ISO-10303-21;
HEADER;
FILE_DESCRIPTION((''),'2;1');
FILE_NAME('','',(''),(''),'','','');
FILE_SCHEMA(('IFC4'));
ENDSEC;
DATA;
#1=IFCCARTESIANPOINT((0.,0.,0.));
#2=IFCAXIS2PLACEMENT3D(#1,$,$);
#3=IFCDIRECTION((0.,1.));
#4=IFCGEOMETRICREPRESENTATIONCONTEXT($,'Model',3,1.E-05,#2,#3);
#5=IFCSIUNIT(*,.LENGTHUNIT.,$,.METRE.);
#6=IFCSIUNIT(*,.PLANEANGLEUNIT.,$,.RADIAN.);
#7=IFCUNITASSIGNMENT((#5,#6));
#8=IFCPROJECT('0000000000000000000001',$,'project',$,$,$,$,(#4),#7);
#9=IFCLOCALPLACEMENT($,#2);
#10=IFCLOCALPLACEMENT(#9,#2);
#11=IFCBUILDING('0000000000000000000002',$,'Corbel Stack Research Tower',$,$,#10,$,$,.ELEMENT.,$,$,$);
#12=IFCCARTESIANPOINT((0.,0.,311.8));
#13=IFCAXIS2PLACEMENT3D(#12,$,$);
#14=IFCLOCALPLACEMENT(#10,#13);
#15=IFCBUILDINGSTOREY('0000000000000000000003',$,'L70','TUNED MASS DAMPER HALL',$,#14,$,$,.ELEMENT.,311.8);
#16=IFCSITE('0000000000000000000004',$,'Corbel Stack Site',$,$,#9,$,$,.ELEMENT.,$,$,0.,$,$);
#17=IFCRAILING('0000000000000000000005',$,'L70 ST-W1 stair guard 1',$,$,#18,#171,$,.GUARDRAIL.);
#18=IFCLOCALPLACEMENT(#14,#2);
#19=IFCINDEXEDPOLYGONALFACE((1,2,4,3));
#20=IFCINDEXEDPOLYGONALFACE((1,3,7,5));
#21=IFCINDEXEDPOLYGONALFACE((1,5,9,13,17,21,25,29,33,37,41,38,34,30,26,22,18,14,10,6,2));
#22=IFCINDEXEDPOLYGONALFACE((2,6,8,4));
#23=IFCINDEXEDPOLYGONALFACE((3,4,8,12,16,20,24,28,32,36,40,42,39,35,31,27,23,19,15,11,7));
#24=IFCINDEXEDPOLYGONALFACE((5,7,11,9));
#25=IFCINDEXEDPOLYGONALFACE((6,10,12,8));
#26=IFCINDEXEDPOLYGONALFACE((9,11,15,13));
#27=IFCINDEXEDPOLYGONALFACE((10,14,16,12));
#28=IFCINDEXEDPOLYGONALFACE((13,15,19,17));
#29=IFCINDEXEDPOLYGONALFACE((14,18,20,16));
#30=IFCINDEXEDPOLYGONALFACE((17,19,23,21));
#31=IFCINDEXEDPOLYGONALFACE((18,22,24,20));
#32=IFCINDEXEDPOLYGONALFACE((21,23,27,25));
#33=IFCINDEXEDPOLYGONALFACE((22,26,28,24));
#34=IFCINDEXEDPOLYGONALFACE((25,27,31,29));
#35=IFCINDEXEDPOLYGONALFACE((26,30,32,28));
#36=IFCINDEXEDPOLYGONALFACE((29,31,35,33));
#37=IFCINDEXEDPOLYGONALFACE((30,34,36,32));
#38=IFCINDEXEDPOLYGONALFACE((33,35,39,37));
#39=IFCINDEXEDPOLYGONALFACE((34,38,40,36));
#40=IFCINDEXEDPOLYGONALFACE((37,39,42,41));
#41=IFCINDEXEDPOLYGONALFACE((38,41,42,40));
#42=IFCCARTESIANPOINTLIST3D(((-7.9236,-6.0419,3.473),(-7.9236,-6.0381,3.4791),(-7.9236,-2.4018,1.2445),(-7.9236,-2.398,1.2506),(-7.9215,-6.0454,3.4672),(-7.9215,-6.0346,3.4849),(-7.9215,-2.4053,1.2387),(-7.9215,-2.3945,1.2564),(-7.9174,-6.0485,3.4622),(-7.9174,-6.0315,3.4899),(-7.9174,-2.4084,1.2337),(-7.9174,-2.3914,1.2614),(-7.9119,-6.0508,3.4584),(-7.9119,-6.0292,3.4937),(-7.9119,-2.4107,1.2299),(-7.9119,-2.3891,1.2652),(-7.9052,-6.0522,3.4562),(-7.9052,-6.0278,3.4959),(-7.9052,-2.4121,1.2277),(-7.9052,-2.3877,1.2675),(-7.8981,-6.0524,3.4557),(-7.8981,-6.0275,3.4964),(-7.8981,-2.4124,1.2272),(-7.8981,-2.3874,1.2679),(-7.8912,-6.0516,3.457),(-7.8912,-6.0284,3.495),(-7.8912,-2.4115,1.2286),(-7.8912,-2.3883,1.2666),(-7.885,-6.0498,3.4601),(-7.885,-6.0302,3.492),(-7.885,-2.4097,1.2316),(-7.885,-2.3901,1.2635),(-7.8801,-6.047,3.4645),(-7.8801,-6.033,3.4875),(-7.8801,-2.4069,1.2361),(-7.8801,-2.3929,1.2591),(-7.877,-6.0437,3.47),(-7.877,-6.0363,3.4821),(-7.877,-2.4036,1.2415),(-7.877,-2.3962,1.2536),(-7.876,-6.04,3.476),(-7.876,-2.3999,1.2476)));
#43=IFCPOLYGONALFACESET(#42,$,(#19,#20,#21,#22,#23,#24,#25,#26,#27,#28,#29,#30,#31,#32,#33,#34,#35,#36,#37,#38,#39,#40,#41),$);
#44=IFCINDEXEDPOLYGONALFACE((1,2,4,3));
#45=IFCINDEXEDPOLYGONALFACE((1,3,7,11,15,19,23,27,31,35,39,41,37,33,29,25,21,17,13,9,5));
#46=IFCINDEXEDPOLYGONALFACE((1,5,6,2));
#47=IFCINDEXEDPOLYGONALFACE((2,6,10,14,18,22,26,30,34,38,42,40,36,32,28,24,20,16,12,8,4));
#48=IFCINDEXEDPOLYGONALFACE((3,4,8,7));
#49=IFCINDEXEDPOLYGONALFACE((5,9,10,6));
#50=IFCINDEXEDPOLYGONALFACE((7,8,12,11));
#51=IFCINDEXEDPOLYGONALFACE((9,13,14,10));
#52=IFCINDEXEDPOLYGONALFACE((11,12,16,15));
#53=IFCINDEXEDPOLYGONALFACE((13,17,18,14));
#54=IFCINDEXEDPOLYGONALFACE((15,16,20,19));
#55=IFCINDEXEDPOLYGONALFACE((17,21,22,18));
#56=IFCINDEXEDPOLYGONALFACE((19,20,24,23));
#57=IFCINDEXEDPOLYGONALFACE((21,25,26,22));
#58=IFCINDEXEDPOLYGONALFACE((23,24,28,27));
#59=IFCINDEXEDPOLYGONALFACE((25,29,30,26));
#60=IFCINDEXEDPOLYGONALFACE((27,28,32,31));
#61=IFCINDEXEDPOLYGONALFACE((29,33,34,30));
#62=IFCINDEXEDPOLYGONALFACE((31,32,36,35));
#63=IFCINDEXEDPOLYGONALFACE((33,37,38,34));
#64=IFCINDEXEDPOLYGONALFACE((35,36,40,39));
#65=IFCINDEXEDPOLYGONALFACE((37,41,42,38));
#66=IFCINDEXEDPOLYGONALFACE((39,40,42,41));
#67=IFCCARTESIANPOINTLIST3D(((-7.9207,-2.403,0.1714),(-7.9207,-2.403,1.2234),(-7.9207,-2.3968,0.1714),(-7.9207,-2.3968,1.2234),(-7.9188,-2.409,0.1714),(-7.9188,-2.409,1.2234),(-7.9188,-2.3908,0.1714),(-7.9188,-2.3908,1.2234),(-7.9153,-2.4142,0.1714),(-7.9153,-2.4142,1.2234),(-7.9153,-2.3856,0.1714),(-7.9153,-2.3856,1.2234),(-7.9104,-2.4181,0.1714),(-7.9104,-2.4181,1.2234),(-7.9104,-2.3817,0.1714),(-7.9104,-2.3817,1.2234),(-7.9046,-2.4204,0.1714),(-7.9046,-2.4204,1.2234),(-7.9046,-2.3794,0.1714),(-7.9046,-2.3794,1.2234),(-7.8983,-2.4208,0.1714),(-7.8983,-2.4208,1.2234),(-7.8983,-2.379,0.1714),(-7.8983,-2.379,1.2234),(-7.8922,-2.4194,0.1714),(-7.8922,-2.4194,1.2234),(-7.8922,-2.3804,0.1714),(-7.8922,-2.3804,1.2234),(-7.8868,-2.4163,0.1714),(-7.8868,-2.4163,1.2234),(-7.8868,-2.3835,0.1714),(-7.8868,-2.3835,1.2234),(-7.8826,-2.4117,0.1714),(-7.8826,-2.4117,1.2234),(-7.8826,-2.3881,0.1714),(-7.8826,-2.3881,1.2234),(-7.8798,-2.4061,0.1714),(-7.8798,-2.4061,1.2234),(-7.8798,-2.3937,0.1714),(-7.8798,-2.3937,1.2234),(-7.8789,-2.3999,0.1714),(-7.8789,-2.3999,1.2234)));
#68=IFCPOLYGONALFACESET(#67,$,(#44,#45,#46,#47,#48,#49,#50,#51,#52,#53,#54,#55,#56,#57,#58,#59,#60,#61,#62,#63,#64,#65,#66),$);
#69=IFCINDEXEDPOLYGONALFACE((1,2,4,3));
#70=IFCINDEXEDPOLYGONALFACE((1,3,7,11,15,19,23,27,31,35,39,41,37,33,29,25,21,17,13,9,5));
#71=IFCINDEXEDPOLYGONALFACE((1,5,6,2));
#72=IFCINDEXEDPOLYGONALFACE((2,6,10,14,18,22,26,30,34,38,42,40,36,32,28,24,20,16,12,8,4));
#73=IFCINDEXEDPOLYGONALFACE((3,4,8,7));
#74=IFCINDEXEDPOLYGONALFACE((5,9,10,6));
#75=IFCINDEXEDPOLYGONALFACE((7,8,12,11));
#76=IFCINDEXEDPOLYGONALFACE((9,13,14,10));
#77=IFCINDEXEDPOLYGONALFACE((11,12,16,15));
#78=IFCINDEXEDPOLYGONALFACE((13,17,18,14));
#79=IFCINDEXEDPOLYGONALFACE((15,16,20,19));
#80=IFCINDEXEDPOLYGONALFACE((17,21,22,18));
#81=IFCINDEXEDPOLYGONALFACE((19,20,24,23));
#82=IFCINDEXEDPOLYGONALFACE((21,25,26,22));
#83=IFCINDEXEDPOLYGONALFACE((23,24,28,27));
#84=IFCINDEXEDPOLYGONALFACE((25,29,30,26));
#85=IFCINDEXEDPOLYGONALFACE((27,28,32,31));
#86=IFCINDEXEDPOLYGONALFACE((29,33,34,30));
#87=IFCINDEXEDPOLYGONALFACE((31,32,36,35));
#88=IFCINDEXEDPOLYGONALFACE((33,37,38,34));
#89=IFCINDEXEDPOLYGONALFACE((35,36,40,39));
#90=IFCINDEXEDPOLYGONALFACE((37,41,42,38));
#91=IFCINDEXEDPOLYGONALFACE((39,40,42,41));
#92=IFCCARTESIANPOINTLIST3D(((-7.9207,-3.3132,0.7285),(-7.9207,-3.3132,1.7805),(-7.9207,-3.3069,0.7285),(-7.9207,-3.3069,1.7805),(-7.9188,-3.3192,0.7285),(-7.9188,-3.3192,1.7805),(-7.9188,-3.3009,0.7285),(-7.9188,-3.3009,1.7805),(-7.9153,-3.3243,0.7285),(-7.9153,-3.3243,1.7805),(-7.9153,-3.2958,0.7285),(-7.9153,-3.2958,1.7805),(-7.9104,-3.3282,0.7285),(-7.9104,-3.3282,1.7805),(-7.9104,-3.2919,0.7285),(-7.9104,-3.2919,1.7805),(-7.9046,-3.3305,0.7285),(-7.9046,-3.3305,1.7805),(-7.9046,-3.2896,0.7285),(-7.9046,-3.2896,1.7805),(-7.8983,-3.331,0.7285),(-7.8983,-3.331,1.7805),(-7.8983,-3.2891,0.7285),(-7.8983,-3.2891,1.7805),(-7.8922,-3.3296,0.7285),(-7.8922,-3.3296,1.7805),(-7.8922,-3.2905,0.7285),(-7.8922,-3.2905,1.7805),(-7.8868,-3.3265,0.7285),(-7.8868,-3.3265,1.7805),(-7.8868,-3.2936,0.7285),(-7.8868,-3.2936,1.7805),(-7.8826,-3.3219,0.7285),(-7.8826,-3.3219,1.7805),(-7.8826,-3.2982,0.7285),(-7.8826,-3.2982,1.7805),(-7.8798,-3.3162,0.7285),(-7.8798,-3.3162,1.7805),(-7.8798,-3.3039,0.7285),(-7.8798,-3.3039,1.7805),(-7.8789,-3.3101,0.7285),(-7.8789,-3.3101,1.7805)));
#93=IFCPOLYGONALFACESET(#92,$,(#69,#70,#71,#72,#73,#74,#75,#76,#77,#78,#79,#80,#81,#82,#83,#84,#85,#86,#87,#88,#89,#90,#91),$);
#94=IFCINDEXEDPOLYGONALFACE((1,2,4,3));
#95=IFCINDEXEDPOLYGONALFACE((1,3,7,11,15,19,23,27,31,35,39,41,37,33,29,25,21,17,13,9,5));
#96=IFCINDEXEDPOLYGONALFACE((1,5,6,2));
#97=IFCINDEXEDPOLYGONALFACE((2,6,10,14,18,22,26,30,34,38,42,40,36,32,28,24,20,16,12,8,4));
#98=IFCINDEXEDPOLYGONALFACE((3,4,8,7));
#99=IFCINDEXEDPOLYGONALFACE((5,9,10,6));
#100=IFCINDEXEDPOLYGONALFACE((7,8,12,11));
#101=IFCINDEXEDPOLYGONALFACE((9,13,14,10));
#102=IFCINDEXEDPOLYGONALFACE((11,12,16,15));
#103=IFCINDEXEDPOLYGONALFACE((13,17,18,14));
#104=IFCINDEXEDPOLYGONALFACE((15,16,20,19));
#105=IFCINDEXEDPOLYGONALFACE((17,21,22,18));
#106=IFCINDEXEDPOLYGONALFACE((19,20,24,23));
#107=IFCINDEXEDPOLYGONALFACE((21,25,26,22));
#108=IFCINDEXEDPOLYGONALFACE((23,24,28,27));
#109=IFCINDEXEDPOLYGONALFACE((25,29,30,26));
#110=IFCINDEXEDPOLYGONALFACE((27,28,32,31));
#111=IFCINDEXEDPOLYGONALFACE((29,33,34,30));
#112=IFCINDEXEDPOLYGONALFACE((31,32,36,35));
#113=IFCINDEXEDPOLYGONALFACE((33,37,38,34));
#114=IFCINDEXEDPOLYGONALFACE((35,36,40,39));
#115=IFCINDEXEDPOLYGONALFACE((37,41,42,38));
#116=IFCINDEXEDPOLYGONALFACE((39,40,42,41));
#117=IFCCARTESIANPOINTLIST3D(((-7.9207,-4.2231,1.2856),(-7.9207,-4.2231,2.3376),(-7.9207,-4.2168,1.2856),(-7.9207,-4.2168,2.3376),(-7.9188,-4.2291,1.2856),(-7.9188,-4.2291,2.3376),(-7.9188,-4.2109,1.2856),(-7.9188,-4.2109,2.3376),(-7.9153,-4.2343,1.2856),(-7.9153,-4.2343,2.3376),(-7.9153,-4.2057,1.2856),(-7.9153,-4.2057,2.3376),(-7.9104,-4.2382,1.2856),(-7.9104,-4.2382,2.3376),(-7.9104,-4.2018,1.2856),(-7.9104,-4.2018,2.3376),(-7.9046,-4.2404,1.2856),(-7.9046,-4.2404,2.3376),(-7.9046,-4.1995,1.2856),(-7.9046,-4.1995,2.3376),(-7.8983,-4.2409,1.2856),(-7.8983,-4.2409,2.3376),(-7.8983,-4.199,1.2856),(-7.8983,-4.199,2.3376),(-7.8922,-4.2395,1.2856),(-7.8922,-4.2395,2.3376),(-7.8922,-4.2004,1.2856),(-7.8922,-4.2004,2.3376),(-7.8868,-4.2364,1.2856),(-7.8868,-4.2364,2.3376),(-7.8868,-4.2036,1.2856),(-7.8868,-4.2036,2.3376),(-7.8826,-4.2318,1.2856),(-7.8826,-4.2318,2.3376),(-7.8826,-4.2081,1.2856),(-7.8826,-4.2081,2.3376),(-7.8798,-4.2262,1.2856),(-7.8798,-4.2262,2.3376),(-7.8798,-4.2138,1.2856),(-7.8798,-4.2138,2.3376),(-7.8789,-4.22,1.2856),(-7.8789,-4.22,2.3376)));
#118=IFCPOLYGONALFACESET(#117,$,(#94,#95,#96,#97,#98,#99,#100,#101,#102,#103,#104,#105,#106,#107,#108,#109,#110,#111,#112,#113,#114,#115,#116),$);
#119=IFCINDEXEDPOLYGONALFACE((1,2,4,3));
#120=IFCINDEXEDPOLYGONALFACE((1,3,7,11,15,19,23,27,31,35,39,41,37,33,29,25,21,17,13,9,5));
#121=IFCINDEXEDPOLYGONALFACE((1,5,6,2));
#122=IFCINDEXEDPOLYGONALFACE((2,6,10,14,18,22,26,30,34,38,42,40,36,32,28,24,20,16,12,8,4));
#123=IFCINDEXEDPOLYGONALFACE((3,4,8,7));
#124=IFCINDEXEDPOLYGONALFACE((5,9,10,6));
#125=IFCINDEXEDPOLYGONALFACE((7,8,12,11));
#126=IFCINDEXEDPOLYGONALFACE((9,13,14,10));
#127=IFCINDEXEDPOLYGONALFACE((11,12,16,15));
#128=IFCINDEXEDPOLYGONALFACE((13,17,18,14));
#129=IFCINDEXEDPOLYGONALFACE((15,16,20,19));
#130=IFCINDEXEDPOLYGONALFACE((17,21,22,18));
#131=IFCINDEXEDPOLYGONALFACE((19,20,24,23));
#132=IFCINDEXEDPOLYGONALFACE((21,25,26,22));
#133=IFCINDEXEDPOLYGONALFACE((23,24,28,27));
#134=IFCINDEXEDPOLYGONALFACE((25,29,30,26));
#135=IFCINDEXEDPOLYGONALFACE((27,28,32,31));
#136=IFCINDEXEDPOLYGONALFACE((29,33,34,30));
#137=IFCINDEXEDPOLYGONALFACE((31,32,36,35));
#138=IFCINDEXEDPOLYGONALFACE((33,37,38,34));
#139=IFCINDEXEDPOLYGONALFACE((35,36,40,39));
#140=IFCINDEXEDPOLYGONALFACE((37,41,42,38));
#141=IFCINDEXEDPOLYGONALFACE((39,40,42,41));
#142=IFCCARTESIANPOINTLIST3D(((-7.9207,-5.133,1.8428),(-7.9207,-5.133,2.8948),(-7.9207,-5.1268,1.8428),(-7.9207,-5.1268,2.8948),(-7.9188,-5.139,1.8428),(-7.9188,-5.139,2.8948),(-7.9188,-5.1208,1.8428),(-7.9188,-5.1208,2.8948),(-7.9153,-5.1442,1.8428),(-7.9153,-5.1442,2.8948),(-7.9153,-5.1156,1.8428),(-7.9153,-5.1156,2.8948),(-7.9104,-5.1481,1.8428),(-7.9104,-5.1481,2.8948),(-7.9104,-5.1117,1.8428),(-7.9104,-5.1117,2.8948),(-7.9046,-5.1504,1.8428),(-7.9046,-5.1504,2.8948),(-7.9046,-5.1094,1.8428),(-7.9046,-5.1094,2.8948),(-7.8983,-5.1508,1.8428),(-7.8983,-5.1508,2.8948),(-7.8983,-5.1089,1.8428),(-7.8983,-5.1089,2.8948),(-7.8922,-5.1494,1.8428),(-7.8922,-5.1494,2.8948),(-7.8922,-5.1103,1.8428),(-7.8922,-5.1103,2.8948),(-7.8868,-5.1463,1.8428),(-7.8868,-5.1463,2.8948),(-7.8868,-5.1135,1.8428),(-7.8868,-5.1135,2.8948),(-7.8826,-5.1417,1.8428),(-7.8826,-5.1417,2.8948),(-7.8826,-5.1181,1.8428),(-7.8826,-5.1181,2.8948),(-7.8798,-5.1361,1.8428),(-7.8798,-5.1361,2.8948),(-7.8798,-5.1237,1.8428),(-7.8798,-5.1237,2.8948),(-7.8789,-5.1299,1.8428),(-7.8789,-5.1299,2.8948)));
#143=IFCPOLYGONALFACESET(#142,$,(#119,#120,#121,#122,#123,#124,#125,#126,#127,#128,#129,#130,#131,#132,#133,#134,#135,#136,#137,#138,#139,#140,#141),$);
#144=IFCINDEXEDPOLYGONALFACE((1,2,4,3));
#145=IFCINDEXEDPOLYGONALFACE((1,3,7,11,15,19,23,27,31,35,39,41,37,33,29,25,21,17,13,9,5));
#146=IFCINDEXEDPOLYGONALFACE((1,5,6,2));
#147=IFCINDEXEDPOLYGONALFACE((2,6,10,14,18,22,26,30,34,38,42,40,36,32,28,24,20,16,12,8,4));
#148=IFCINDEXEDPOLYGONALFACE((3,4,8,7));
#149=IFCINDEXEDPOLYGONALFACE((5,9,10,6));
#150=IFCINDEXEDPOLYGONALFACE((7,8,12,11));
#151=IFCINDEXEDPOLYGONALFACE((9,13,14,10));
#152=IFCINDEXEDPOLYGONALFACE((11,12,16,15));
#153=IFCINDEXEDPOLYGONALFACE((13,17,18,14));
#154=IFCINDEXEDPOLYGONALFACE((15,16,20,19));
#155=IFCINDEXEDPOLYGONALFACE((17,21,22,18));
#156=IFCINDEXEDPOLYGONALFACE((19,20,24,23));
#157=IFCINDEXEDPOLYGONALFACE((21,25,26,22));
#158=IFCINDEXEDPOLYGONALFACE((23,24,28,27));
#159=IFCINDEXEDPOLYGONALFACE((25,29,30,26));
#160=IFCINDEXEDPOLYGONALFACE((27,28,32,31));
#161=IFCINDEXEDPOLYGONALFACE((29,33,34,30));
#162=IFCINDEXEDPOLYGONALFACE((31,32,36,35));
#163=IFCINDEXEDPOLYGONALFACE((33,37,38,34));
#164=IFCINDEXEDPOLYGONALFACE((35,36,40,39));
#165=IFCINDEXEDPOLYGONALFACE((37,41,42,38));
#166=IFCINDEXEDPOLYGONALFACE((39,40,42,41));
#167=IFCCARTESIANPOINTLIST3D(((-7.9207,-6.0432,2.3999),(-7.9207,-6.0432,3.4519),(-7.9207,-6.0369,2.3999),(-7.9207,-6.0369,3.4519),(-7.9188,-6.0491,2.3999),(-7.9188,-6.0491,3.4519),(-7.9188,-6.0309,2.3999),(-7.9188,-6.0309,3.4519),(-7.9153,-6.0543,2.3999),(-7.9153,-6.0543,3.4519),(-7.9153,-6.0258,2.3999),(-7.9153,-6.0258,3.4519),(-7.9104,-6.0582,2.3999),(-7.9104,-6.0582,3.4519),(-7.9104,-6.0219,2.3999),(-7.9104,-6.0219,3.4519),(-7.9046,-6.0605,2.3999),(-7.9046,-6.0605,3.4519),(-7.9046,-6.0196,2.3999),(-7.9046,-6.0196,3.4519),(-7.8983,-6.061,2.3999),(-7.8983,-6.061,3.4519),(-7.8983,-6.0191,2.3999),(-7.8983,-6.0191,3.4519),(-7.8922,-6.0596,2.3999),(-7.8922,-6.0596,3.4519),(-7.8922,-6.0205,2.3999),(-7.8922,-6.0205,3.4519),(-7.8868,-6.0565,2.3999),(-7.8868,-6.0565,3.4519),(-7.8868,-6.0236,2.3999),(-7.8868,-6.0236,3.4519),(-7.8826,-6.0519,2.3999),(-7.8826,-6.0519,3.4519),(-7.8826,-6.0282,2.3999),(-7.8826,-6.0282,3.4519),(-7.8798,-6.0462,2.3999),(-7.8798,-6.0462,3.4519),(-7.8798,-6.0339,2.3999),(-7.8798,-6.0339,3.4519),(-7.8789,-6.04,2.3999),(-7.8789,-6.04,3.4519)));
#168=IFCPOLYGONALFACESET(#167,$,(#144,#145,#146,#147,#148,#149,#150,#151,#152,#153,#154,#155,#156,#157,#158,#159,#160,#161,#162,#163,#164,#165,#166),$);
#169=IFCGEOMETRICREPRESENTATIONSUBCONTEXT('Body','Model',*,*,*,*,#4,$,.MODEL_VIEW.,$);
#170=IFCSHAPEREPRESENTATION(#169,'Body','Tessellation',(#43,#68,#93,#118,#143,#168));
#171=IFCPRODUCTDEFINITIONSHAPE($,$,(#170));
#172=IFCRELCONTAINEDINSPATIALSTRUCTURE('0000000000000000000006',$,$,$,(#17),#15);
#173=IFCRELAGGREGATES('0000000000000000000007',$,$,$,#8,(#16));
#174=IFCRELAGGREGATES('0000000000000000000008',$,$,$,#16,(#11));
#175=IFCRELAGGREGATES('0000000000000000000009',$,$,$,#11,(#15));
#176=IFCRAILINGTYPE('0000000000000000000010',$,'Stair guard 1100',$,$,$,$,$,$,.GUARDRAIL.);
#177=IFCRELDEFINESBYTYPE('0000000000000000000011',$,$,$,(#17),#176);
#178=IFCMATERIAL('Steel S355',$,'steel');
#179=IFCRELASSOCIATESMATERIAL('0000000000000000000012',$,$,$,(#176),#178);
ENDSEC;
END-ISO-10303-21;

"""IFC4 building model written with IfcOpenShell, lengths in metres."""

from ifc_helpers import new_model, si_unit, direction, frame, origin, origin_2d, place, context, subcontext, project, spatial, circle, extrude, material, type_object, element, save


model = new_model("IFC4")

# Units and contexts
model_context = context("Model", 3, precision=1e-05, world=origin(), true_north=direction((0.0, 1.0)))
body_context = subcontext(model_context, "Body", "Model", "MODEL_VIEW")
ifc_project = project(units=[si_unit("LENGTHUNIT", "METRE"), si_unit("PLANEANGLEUNIT", "RADIAN")], contexts=[model_context])

# Site, building, storey
site_placement = place(None, origin())
site = spatial("IfcSite", under=ifc_project, at=site_placement, Name="Corbel Stack Site", CompositionType="ELEMENT", RefElevation=0.0)
building_placement = place(site_placement, origin())
building = spatial("IfcBuilding", under=site, at=building_placement, Name="Corbel Stack Research Tower", CompositionType="ELEMENT")
storey_placement = place(building_placement, frame((0.0, 0.0, 311.8)))
storey = spatial("IfcBuildingStorey", under=building, at=storey_placement, Name="L70", Description="TUNED MASS DAMPER HALL", CompositionType="ELEMENT", Elevation=311.8)

# Railing
ifc_material_1 = material(Name="Steel S355", Category="steel")
railing_type = type_object("IfcRailingType", Name="Stair guard 1100", PredefinedType="GUARDRAIL", material=ifc_material_1)
railing_1_placement = place(storey_placement, frame((-7.8999, -2.3999, 0.1714)))
element("IfcRailing", 1, at=railing_1_placement, inside=storey, type_object=railing_type, Name="L70 ST-W1 stair guard 1", PredefinedType="GUARDRAIL", context=body_context, shape_type="SweptSolid", body=[
    extrude(circle(Radius=0.0239, at=origin_2d()), frame((0.0, 0.0, 1.0762), z_axis=(0.0, -0.852866, 0.52213), x_axis=(1.0, 0.0, 0.0)), (0.0, 0.0, 1.0), 4.2681),
    extrude(circle(Radius=0.021, at=origin_2d()), origin(), (0.0, 0.0, 1.0), 1.052),
    extrude(circle(Radius=0.021, at=origin_2d()), frame((0.0, -0.9102, 0.5571)), (0.0, 0.0, 1.0), 1.052),
    extrude(circle(Radius=0.021, at=origin_2d()), frame((0.0, -1.8201, 1.1143)), (0.0, 0.0, 1.0), 1.052),
    extrude(circle(Radius=0.021, at=origin_2d()), frame((0.0, -2.73, 1.6714)), (0.0, 0.0, 1.0), 1.052),
    extrude(circle(Radius=0.021, at=origin_2d()), frame((0.0, -3.6401, 2.2285)), (0.0, 0.0, 1.0), 1.052),
])

save(model, "model.ifc")
